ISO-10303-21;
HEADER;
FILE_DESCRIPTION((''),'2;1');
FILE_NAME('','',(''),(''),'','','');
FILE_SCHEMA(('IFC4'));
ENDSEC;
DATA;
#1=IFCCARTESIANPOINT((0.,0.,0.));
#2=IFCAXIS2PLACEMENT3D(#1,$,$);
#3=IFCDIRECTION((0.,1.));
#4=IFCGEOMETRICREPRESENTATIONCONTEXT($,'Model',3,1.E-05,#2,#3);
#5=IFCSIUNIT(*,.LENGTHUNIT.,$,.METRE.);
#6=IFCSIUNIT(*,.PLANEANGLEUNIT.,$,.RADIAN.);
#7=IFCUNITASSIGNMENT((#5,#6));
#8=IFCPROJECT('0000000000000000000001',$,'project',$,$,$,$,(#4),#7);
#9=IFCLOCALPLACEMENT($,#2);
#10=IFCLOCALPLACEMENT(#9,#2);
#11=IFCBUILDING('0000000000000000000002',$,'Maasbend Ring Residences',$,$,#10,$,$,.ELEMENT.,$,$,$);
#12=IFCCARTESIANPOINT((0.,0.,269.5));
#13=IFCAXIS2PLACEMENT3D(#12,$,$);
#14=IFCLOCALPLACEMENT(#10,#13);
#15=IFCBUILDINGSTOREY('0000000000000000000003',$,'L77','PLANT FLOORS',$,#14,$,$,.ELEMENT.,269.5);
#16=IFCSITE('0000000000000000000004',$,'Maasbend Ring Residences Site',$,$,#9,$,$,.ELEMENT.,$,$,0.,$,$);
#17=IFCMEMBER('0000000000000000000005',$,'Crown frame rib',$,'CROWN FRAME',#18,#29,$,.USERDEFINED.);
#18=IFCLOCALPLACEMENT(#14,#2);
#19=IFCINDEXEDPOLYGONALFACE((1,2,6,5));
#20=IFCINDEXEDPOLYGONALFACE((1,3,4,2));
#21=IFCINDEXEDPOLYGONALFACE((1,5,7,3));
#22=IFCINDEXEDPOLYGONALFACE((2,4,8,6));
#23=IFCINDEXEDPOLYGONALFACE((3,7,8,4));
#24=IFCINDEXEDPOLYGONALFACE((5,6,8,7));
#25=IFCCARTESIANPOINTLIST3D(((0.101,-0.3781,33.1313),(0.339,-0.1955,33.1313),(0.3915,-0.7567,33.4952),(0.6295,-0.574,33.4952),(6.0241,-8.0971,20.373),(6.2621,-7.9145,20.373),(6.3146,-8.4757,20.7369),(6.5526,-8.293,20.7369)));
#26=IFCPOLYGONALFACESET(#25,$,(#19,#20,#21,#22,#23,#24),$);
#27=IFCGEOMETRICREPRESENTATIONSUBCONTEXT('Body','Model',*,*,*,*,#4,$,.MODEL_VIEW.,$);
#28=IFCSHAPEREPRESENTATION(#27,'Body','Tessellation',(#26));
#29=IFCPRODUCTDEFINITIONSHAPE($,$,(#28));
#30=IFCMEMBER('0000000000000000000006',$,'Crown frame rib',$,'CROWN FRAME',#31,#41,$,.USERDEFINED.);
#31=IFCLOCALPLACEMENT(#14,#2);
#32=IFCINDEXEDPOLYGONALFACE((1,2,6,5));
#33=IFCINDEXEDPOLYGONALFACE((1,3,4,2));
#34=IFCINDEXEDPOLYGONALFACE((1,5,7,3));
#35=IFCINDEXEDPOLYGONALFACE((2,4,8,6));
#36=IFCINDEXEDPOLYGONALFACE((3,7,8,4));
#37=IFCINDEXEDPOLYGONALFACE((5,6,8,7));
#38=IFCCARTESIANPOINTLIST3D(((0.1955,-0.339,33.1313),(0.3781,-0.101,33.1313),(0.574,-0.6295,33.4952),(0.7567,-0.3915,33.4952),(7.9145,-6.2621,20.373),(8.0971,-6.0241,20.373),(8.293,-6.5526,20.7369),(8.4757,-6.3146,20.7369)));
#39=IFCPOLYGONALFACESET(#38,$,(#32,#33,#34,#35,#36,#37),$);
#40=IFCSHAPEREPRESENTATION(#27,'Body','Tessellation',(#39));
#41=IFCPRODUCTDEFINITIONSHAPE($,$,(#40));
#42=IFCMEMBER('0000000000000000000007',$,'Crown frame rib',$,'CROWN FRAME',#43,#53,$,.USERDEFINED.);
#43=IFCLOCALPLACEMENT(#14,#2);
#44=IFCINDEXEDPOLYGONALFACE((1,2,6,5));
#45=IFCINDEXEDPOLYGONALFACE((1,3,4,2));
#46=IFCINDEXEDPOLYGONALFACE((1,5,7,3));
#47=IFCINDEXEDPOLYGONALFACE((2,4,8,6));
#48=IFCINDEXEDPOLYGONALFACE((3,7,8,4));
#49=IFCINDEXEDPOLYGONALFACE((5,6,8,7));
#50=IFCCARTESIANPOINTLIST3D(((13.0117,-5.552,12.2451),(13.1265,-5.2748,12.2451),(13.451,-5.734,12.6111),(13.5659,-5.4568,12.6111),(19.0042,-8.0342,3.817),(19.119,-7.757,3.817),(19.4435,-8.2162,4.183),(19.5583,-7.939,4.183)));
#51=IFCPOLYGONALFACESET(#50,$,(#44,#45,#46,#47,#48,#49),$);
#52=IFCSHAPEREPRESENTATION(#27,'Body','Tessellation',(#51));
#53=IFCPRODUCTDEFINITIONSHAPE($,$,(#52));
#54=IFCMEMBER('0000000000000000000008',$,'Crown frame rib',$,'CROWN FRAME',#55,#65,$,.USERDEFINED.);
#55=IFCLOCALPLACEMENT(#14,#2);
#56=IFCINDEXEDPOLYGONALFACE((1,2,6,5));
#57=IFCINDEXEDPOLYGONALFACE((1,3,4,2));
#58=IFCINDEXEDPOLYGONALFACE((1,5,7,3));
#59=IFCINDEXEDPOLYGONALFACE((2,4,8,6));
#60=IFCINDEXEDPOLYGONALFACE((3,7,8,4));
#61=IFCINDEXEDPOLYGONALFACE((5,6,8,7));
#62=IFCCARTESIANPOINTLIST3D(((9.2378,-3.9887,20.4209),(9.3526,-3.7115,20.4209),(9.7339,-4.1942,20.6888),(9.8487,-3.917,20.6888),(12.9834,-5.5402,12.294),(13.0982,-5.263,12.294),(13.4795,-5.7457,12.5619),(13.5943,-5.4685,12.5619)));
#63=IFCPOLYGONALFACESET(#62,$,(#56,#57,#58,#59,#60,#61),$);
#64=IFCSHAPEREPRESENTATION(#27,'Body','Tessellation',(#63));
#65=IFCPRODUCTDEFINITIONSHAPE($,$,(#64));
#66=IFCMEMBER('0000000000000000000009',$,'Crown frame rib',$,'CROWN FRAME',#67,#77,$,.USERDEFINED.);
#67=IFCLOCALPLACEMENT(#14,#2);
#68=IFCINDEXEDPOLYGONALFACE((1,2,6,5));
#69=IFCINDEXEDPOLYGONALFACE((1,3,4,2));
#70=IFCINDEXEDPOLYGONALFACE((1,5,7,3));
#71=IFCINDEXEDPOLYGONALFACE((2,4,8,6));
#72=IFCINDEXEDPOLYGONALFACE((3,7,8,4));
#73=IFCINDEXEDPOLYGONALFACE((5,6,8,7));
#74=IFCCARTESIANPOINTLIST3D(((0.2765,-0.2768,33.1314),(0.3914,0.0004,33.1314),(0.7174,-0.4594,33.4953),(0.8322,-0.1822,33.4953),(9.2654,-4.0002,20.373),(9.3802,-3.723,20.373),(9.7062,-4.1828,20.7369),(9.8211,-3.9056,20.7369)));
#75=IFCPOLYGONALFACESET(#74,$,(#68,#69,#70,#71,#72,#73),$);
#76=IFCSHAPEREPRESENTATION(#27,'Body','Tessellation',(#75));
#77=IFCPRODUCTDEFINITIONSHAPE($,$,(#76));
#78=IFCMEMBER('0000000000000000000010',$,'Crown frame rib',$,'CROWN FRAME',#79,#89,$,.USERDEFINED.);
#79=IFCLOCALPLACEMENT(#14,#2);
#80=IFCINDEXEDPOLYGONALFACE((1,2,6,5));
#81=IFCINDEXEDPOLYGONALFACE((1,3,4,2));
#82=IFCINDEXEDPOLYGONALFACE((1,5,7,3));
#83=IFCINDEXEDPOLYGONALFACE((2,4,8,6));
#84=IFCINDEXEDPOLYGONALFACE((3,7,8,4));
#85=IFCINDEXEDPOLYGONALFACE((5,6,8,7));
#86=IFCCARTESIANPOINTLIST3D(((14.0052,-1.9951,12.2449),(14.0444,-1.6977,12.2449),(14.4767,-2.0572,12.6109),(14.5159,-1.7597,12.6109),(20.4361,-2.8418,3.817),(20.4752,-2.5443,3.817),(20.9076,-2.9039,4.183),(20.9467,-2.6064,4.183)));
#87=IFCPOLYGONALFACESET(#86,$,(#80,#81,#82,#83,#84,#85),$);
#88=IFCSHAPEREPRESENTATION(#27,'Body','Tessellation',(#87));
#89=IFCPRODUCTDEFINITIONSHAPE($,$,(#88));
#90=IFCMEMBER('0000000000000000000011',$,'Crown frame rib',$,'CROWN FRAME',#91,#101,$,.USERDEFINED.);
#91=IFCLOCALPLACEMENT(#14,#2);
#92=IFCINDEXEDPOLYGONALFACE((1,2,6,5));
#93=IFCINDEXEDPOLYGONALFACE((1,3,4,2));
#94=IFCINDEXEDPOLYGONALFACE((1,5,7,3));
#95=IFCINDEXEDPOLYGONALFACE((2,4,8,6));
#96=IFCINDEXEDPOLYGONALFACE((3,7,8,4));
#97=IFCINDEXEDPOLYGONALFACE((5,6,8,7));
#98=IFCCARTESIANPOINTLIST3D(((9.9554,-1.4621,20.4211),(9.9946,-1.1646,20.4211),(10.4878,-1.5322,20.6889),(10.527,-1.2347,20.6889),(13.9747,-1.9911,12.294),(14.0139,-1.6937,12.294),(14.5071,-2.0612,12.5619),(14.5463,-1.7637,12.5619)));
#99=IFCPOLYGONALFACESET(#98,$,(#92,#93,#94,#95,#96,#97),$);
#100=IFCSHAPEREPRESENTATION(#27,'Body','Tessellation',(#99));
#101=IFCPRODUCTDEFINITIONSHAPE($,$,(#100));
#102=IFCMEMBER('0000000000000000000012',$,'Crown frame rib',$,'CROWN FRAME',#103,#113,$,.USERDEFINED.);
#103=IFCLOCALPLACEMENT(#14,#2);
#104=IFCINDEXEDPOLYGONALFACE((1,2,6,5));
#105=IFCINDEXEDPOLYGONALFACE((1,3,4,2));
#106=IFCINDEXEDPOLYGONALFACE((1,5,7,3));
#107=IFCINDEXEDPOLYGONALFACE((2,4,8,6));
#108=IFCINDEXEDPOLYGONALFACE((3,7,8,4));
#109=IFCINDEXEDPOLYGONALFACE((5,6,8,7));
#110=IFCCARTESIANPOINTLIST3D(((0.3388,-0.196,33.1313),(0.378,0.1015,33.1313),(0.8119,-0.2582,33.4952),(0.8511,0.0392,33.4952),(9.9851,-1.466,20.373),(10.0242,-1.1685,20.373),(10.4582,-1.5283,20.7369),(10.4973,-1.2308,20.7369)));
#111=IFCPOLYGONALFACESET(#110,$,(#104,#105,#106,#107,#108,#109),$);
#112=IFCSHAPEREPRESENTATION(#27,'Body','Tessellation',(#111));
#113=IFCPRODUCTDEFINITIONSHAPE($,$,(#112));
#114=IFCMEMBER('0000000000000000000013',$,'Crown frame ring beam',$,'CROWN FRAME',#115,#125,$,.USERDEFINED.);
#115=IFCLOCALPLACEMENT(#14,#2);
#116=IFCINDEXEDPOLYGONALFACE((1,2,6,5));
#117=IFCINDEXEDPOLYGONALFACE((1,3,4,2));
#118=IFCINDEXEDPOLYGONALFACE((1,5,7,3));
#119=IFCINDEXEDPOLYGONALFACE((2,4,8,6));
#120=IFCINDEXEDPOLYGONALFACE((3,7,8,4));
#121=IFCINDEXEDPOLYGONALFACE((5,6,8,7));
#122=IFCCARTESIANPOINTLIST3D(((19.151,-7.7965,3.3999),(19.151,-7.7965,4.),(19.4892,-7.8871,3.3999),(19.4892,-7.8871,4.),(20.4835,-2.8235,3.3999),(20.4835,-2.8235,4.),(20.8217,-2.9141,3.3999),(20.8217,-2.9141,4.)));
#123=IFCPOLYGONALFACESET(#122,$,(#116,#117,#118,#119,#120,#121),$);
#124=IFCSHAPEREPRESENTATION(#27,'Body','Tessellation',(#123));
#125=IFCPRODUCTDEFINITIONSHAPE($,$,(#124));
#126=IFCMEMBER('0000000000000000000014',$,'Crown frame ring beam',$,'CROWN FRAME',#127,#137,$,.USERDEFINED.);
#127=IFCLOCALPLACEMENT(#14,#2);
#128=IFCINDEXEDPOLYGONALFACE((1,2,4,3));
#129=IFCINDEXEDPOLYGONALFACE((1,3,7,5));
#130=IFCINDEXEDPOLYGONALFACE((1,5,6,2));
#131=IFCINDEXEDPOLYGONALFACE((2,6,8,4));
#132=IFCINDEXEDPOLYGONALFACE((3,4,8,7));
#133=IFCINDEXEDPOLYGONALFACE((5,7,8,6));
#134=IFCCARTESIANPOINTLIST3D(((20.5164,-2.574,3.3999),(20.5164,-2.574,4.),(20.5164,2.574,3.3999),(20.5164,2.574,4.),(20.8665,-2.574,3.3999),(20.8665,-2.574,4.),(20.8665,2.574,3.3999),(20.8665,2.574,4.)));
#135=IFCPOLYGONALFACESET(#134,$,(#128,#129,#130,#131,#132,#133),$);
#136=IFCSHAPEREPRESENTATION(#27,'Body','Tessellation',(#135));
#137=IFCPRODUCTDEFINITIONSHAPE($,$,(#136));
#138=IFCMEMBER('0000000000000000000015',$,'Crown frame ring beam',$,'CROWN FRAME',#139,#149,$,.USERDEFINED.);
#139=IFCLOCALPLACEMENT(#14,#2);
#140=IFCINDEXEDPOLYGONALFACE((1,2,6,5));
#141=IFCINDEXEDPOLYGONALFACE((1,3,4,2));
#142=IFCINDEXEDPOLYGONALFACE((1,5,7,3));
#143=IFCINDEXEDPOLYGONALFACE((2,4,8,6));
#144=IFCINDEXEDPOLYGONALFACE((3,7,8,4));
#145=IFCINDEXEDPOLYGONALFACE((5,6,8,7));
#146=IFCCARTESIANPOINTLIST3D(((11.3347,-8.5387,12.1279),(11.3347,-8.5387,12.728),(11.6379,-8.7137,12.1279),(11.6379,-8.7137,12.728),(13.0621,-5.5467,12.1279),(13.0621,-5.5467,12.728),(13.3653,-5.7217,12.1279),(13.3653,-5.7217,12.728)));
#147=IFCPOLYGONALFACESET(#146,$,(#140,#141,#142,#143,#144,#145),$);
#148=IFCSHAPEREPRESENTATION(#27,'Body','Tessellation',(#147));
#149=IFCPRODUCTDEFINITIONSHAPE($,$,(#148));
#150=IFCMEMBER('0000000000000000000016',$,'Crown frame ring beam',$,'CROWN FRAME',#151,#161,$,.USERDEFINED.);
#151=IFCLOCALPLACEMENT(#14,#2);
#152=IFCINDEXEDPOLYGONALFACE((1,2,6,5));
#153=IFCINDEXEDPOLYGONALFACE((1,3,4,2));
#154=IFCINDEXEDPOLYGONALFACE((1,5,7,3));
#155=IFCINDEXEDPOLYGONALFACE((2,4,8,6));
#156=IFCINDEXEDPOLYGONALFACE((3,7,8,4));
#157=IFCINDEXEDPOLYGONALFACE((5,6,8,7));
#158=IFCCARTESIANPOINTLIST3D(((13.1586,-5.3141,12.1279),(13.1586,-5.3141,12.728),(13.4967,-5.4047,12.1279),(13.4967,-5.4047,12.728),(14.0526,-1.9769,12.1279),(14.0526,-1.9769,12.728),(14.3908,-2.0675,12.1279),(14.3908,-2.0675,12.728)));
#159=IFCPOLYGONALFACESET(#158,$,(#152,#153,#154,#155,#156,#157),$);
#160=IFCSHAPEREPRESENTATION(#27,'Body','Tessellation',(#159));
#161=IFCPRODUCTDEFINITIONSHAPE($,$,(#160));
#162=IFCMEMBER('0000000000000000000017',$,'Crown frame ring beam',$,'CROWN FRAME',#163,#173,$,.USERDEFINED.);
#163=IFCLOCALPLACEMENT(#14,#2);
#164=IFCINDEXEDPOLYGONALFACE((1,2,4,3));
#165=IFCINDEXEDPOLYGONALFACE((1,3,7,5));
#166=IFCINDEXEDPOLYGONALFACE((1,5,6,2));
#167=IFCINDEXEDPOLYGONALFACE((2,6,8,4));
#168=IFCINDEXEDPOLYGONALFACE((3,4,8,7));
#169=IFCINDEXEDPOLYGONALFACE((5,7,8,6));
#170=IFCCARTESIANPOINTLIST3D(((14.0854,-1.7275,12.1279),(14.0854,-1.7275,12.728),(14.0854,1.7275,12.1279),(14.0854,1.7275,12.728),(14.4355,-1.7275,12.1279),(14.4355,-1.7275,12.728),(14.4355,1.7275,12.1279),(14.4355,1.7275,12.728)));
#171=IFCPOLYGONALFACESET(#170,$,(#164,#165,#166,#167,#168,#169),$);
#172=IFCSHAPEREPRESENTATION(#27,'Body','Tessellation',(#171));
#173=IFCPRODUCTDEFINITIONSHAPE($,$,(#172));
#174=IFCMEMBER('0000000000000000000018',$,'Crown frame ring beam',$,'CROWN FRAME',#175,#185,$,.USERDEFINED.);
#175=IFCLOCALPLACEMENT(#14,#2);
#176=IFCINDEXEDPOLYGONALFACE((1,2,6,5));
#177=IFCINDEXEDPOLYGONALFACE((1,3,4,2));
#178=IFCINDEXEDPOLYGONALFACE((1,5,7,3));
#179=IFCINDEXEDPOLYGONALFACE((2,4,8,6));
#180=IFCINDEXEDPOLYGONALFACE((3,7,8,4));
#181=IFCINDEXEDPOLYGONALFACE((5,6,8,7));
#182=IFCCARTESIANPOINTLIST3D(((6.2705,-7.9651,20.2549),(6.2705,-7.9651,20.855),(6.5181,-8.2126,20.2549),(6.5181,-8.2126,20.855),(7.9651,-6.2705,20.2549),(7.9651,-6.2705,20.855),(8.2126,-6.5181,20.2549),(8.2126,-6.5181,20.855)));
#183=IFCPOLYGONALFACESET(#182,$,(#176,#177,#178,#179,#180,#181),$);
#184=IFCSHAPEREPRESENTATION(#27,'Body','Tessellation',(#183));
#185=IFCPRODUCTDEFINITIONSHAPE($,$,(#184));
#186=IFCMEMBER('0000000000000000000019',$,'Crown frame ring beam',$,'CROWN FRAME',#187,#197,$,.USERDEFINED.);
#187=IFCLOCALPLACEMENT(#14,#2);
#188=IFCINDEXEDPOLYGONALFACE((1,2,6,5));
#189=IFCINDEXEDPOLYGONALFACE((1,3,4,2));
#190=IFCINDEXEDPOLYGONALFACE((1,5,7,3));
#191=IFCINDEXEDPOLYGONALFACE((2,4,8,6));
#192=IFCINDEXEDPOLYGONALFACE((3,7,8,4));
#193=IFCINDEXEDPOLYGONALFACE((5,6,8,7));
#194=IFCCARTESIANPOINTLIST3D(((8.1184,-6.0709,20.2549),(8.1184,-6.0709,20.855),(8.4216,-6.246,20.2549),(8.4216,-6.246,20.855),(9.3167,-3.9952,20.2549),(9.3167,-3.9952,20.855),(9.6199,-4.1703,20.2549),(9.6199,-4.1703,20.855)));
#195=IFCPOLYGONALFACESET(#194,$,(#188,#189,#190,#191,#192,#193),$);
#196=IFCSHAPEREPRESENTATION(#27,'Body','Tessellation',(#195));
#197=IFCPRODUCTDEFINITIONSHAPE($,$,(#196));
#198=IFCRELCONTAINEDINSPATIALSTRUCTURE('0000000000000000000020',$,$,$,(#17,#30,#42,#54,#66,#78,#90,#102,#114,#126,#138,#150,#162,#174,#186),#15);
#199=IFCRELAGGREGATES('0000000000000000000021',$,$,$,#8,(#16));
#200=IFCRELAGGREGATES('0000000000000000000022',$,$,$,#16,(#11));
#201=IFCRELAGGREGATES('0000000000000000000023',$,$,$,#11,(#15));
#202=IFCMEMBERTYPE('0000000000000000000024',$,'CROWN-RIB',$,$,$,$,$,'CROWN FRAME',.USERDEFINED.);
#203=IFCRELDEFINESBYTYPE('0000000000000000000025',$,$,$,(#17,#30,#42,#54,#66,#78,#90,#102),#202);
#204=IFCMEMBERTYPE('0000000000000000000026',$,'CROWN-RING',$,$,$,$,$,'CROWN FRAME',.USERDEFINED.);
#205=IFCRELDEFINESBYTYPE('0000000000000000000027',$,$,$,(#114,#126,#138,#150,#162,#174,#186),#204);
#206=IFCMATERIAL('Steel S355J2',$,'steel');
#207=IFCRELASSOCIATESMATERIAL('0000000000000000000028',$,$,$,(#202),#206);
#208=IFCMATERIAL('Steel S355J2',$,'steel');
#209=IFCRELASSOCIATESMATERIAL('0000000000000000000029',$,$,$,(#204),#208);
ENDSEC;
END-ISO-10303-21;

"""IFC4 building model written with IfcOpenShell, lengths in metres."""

from ifc_helpers import new_model, si_unit, direction, frame, origin, origin_2d, place, context, subcontext, project, spatial, rectangle, extrude, material, material_profile, profile_set, type_object, element, save


model = new_model("IFC4")

# Units and contexts
model_context = context("Model", 3, precision=1e-05, world=origin(), true_north=direction((0.0, 1.0)))
body_context = subcontext(model_context, "Body", "Model", "MODEL_VIEW")
ifc_project = project(units=[si_unit("LENGTHUNIT", "METRE"), si_unit("PLANEANGLEUNIT", "RADIAN")], contexts=[model_context])

# Site, building, storey
site_placement = place(None, origin())
site = spatial("IfcSite", under=ifc_project, at=site_placement, Name="Maasbend Ring Residences Site", CompositionType="ELEMENT", RefElevation=0.0)
building_placement = place(site_placement, origin())
building = spatial("IfcBuilding", under=site, at=building_placement, Name="Maasbend Ring Residences", CompositionType="ELEMENT")
storey_placement = place(building_placement, frame((0.0, 0.0, 269.5)))
storey = spatial("IfcBuildingStorey", under=building, at=storey_placement, Name="L77", Description="PLANT FLOORS", CompositionType="ELEMENT", Elevation=269.5)

# Members
ifc_material_1 = material(Name="Steel S355J2", Category="steel")
ifc_material_profile_1 = material_profile(ifc_material_1, rectangle(XDim=0.3, YDim=0.6001, at=origin_2d()), Name="Box 300x600x12")
ifc_profile_set_1 = profile_set([ifc_material_profile_1], Name="Steel S355J2")
member_type_1 = type_object("IfcMemberType", Name="CROWN-RIB", ElementType="CROWN FRAME", PredefinedType="USERDEFINED", material=ifc_profile_set_1)
for number, where, z_axis, x_axis, name in (
    (1, (6.2883, -8.1951, 20.5549), (-0.369157, 0.481086, 0.79516), (-0.793348, -0.608768, 0.0), "Crown frame rib"),
    (2, (8.1951, -6.2883, 20.5549), (-0.481086, 0.369157, 0.79516), (-0.608768, -0.793348, 0.0), "Crown frame rib"),
):
    element("IfcMember", number, at=place(storey_placement, frame(where, z_axis=z_axis, x_axis=x_axis)), inside=storey, type_object=member_type_1, Name=name, ObjectType="CROWN FRAME", PredefinedType="USERDEFINED", context=body_context, shape_type="SweptSolid", body=[
        extrude(rectangle(XDim=0.3, YDim=0.6001, at=origin_2d()), origin(), (0.0, 0.0, 1.0), 16.0449),
    ])
member_1_placement = place(storey_placement, frame((19.2812, -7.9866, 4.0), z_axis=(-0.563468, 0.233399, 0.792483), x_axis=(-0.382688, -0.923878, 0.0)))
element("IfcMember", 3, at=member_1_placement, inside=storey, type_object=member_type_1, Name="Crown frame rib", ObjectType="CROWN FRAME", PredefinedType="USERDEFINED", context=body_context, shape_type="SweptSolid", body=[
    extrude(rectangle(XDim=0.3, YDim=0.6001, at=origin_2d()), origin(), (0.0, 0.0, 1.0), 10.635),
])
member_2_placement = place(storey_placement, frame((13.2888, -5.5044, 12.428), z_axis=(-0.412417, 0.170832, 0.894834), x_axis=(-0.38269, -0.923877, 0.0)))
element("IfcMember", 4, at=member_2_placement, inside=storey, type_object=member_type_1, Name="Crown frame rib", ObjectType="CROWN FRAME", PredefinedType="USERDEFINED", context=body_context, shape_type="SweptSolid", body=[
    extrude(rectangle(XDim=0.3, YDim=0.6001, at=origin_2d()), origin(), (0.0, 0.0, 1.0), 9.082),
])
member_3_placement = place(storey_placement, frame((9.5432, -3.9529, 20.5549), z_axis=(-0.560229, 0.232062, 0.795167), x_axis=(-0.382694, -0.923875, 0.0)))
element("IfcMember", 5, at=member_3_placement, inside=storey, type_object=member_type_1, Name="Crown frame rib", ObjectType="CROWN FRAME", PredefinedType="USERDEFINED", context=body_context, shape_type="SweptSolid", body=[
    extrude(rectangle(XDim=0.3, YDim=0.6001, at=origin_2d()), origin(), (0.0, 0.0, 1.0), 16.0449),
])
member_4_placement = place(storey_placement, frame((20.6914, -2.7241, 4.0), z_axis=(-0.60469, 0.079612, 0.792472), x_axis=(-0.130531, -0.991444, 0.0)))
element("IfcMember", 6, at=member_4_placement, inside=storey, type_object=member_type_1, Name="Crown frame rib", ObjectType="CROWN FRAME", PredefinedType="USERDEFINED", context=body_context, shape_type="SweptSolid", body=[
    extrude(rectangle(XDim=0.3, YDim=0.6001, at=origin_2d()), origin(), (0.0, 0.0, 1.0), 10.635),
])
member_5_placement = place(storey_placement, frame((14.2605, -1.8774, 12.428), z_axis=(-0.442557, 0.058253, 0.894846), x_axis=(-0.130503, -0.991448, 0.0)))
element("IfcMember", 7, at=member_5_placement, inside=storey, type_object=member_type_1, Name="Crown frame rib", ObjectType="CROWN FRAME", PredefinedType="USERDEFINED", context=body_context, shape_type="SweptSolid", body=[
    extrude(rectangle(XDim=0.3, YDim=0.6001, at=origin_2d()), origin(), (0.0, 0.0, 1.0), 9.082),
])
member_6_placement = place(storey_placement, frame((10.2412, -1.3484, 20.5549), z_axis=(-0.601205, 0.079154, 0.795165), x_axis=(-0.130533, -0.991444, 0.0)))
element("IfcMember", 8, at=member_6_placement, inside=storey, type_object=member_type_1, Name="Crown frame rib", ObjectType="CROWN FRAME", PredefinedType="USERDEFINED", context=body_context, shape_type="SweptSolid", body=[
    extrude(rectangle(XDim=0.3, YDim=0.6001, at=origin_2d()), origin(), (0.0, 0.0, 1.0), 16.0449),
])
ifc_material_2 = material(Name="Steel S355J2", Category="steel")
ifc_material_profile_2 = material_profile(ifc_material_2, rectangle(XDim=0.3501, YDim=0.6001, at=origin_2d()), Name="Box 350x600x16")
ifc_profile_set_2 = profile_set([ifc_material_profile_2], Name="Steel S355J2")
member_type_2 = type_object("IfcMemberType", Name="CROWN-RING", ElementType="CROWN FRAME", PredefinedType="USERDEFINED", material=ifc_profile_set_2)
member_7_placement = place(storey_placement, frame((19.3201, -7.8418, 3.7), z_axis=(0.258825, 0.965924, 0.0), x_axis=(-0.965924, 0.258825, 0.0)))
element("IfcMember", 9, at=member_7_placement, inside=storey, type_object=member_type_2, Name="Crown frame ring beam", ObjectType="CROWN FRAME", PredefinedType="USERDEFINED", context=body_context, shape_type="SweptSolid", body=[
    extrude(rectangle(XDim=0.3501, YDim=0.6001, at=origin_2d()), origin(), (0.0, 0.0, 1.0), 5.1484),
])
member_8_placement = place(storey_placement, frame((20.6914, -2.574, 3.7), z_axis=(0.0, 1.0, 0.0), x_axis=(-1.0, 0.0, 0.0)))
element("IfcMember", 10, at=member_8_placement, inside=storey, type_object=member_type_2, Name="Crown frame ring beam", ObjectType="CROWN FRAME", PredefinedType="USERDEFINED", context=body_context, shape_type="SweptSolid", body=[
    extrude(rectangle(XDim=0.3501, YDim=0.6001, at=origin_2d()), origin(), (0.0, 0.0, 1.0), 5.1479),
])
for number, where, z_axis, x_axis, name in (
    (11, (11.4863, -8.6262, 12.428), (0.499977, 0.866038, 0.0), (-0.866038, 0.499977, 0.0), "Crown frame ring beam"),
    (12, (13.3276, -5.3594, 12.428), (0.25878, 0.965936, 0.0), (-0.965936, 0.25878, 0.0), "Crown frame ring beam"),
):
    element("IfcMember", number, at=place(storey_placement, frame(where, z_axis=z_axis, x_axis=x_axis)), inside=storey, type_object=member_type_2, Name=name, ObjectType="CROWN FRAME", PredefinedType="USERDEFINED", context=body_context, shape_type="SweptSolid", body=[
        extrude(rectangle(XDim=0.3501, YDim=0.6001, at=origin_2d()), origin(), (0.0, 0.0, 1.0), 3.4548),
    ])
member_9_placement = place(storey_placement, frame((14.2605, -1.7275, 12.428), z_axis=(0.0, 1.0, 0.0), x_axis=(-1.0, 0.0, 0.0)))
element("IfcMember", 13, at=member_9_placement, inside=storey, type_object=member_type_2, Name="Crown frame ring beam", ObjectType="CROWN FRAME", PredefinedType="USERDEFINED", context=body_context, shape_type="SweptSolid", body=[
    extrude(rectangle(XDim=0.3501, YDim=0.6001, at=origin_2d()), origin(), (0.0, 0.0, 1.0), 3.4551),
])
member_10_placement = place(storey_placement, frame((6.3943, -8.0889, 20.5549), z_axis=(0.707107, 0.707107, 0.0), x_axis=(-0.707107, 0.707107, 0.0)))
element("IfcMember", 14, at=member_10_placement, inside=storey, type_object=member_type_2, Name="Crown frame ring beam", ObjectType="CROWN FRAME", PredefinedType="USERDEFINED", context=body_context, shape_type="SweptSolid", body=[
    extrude(rectangle(XDim=0.3501, YDim=0.6001, at=origin_2d()), origin(), (0.0, 0.0, 1.0), 2.3965),
])
for number, where, z_axis, x_axis, name in (
    (15, (8.27, -6.1584, 20.5549), (0.499952, 0.866053, 0.0), (-0.866053, 0.499952, 0.0), "Crown frame ring beam"),
):
    element("IfcMember", number, at=place(storey_placement, frame(where, z_axis=z_axis, x_axis=x_axis)), inside=storey, type_object=member_type_2, Name=name, ObjectType="CROWN FRAME", PredefinedType="USERDEFINED", context=body_context, shape_type="SweptSolid", body=[
        extrude(rectangle(XDim=0.3501, YDim=0.6001, at=origin_2d()), origin(), (0.0, 0.0, 1.0), 2.3967),
    ])

save(model, "model.ifc")
